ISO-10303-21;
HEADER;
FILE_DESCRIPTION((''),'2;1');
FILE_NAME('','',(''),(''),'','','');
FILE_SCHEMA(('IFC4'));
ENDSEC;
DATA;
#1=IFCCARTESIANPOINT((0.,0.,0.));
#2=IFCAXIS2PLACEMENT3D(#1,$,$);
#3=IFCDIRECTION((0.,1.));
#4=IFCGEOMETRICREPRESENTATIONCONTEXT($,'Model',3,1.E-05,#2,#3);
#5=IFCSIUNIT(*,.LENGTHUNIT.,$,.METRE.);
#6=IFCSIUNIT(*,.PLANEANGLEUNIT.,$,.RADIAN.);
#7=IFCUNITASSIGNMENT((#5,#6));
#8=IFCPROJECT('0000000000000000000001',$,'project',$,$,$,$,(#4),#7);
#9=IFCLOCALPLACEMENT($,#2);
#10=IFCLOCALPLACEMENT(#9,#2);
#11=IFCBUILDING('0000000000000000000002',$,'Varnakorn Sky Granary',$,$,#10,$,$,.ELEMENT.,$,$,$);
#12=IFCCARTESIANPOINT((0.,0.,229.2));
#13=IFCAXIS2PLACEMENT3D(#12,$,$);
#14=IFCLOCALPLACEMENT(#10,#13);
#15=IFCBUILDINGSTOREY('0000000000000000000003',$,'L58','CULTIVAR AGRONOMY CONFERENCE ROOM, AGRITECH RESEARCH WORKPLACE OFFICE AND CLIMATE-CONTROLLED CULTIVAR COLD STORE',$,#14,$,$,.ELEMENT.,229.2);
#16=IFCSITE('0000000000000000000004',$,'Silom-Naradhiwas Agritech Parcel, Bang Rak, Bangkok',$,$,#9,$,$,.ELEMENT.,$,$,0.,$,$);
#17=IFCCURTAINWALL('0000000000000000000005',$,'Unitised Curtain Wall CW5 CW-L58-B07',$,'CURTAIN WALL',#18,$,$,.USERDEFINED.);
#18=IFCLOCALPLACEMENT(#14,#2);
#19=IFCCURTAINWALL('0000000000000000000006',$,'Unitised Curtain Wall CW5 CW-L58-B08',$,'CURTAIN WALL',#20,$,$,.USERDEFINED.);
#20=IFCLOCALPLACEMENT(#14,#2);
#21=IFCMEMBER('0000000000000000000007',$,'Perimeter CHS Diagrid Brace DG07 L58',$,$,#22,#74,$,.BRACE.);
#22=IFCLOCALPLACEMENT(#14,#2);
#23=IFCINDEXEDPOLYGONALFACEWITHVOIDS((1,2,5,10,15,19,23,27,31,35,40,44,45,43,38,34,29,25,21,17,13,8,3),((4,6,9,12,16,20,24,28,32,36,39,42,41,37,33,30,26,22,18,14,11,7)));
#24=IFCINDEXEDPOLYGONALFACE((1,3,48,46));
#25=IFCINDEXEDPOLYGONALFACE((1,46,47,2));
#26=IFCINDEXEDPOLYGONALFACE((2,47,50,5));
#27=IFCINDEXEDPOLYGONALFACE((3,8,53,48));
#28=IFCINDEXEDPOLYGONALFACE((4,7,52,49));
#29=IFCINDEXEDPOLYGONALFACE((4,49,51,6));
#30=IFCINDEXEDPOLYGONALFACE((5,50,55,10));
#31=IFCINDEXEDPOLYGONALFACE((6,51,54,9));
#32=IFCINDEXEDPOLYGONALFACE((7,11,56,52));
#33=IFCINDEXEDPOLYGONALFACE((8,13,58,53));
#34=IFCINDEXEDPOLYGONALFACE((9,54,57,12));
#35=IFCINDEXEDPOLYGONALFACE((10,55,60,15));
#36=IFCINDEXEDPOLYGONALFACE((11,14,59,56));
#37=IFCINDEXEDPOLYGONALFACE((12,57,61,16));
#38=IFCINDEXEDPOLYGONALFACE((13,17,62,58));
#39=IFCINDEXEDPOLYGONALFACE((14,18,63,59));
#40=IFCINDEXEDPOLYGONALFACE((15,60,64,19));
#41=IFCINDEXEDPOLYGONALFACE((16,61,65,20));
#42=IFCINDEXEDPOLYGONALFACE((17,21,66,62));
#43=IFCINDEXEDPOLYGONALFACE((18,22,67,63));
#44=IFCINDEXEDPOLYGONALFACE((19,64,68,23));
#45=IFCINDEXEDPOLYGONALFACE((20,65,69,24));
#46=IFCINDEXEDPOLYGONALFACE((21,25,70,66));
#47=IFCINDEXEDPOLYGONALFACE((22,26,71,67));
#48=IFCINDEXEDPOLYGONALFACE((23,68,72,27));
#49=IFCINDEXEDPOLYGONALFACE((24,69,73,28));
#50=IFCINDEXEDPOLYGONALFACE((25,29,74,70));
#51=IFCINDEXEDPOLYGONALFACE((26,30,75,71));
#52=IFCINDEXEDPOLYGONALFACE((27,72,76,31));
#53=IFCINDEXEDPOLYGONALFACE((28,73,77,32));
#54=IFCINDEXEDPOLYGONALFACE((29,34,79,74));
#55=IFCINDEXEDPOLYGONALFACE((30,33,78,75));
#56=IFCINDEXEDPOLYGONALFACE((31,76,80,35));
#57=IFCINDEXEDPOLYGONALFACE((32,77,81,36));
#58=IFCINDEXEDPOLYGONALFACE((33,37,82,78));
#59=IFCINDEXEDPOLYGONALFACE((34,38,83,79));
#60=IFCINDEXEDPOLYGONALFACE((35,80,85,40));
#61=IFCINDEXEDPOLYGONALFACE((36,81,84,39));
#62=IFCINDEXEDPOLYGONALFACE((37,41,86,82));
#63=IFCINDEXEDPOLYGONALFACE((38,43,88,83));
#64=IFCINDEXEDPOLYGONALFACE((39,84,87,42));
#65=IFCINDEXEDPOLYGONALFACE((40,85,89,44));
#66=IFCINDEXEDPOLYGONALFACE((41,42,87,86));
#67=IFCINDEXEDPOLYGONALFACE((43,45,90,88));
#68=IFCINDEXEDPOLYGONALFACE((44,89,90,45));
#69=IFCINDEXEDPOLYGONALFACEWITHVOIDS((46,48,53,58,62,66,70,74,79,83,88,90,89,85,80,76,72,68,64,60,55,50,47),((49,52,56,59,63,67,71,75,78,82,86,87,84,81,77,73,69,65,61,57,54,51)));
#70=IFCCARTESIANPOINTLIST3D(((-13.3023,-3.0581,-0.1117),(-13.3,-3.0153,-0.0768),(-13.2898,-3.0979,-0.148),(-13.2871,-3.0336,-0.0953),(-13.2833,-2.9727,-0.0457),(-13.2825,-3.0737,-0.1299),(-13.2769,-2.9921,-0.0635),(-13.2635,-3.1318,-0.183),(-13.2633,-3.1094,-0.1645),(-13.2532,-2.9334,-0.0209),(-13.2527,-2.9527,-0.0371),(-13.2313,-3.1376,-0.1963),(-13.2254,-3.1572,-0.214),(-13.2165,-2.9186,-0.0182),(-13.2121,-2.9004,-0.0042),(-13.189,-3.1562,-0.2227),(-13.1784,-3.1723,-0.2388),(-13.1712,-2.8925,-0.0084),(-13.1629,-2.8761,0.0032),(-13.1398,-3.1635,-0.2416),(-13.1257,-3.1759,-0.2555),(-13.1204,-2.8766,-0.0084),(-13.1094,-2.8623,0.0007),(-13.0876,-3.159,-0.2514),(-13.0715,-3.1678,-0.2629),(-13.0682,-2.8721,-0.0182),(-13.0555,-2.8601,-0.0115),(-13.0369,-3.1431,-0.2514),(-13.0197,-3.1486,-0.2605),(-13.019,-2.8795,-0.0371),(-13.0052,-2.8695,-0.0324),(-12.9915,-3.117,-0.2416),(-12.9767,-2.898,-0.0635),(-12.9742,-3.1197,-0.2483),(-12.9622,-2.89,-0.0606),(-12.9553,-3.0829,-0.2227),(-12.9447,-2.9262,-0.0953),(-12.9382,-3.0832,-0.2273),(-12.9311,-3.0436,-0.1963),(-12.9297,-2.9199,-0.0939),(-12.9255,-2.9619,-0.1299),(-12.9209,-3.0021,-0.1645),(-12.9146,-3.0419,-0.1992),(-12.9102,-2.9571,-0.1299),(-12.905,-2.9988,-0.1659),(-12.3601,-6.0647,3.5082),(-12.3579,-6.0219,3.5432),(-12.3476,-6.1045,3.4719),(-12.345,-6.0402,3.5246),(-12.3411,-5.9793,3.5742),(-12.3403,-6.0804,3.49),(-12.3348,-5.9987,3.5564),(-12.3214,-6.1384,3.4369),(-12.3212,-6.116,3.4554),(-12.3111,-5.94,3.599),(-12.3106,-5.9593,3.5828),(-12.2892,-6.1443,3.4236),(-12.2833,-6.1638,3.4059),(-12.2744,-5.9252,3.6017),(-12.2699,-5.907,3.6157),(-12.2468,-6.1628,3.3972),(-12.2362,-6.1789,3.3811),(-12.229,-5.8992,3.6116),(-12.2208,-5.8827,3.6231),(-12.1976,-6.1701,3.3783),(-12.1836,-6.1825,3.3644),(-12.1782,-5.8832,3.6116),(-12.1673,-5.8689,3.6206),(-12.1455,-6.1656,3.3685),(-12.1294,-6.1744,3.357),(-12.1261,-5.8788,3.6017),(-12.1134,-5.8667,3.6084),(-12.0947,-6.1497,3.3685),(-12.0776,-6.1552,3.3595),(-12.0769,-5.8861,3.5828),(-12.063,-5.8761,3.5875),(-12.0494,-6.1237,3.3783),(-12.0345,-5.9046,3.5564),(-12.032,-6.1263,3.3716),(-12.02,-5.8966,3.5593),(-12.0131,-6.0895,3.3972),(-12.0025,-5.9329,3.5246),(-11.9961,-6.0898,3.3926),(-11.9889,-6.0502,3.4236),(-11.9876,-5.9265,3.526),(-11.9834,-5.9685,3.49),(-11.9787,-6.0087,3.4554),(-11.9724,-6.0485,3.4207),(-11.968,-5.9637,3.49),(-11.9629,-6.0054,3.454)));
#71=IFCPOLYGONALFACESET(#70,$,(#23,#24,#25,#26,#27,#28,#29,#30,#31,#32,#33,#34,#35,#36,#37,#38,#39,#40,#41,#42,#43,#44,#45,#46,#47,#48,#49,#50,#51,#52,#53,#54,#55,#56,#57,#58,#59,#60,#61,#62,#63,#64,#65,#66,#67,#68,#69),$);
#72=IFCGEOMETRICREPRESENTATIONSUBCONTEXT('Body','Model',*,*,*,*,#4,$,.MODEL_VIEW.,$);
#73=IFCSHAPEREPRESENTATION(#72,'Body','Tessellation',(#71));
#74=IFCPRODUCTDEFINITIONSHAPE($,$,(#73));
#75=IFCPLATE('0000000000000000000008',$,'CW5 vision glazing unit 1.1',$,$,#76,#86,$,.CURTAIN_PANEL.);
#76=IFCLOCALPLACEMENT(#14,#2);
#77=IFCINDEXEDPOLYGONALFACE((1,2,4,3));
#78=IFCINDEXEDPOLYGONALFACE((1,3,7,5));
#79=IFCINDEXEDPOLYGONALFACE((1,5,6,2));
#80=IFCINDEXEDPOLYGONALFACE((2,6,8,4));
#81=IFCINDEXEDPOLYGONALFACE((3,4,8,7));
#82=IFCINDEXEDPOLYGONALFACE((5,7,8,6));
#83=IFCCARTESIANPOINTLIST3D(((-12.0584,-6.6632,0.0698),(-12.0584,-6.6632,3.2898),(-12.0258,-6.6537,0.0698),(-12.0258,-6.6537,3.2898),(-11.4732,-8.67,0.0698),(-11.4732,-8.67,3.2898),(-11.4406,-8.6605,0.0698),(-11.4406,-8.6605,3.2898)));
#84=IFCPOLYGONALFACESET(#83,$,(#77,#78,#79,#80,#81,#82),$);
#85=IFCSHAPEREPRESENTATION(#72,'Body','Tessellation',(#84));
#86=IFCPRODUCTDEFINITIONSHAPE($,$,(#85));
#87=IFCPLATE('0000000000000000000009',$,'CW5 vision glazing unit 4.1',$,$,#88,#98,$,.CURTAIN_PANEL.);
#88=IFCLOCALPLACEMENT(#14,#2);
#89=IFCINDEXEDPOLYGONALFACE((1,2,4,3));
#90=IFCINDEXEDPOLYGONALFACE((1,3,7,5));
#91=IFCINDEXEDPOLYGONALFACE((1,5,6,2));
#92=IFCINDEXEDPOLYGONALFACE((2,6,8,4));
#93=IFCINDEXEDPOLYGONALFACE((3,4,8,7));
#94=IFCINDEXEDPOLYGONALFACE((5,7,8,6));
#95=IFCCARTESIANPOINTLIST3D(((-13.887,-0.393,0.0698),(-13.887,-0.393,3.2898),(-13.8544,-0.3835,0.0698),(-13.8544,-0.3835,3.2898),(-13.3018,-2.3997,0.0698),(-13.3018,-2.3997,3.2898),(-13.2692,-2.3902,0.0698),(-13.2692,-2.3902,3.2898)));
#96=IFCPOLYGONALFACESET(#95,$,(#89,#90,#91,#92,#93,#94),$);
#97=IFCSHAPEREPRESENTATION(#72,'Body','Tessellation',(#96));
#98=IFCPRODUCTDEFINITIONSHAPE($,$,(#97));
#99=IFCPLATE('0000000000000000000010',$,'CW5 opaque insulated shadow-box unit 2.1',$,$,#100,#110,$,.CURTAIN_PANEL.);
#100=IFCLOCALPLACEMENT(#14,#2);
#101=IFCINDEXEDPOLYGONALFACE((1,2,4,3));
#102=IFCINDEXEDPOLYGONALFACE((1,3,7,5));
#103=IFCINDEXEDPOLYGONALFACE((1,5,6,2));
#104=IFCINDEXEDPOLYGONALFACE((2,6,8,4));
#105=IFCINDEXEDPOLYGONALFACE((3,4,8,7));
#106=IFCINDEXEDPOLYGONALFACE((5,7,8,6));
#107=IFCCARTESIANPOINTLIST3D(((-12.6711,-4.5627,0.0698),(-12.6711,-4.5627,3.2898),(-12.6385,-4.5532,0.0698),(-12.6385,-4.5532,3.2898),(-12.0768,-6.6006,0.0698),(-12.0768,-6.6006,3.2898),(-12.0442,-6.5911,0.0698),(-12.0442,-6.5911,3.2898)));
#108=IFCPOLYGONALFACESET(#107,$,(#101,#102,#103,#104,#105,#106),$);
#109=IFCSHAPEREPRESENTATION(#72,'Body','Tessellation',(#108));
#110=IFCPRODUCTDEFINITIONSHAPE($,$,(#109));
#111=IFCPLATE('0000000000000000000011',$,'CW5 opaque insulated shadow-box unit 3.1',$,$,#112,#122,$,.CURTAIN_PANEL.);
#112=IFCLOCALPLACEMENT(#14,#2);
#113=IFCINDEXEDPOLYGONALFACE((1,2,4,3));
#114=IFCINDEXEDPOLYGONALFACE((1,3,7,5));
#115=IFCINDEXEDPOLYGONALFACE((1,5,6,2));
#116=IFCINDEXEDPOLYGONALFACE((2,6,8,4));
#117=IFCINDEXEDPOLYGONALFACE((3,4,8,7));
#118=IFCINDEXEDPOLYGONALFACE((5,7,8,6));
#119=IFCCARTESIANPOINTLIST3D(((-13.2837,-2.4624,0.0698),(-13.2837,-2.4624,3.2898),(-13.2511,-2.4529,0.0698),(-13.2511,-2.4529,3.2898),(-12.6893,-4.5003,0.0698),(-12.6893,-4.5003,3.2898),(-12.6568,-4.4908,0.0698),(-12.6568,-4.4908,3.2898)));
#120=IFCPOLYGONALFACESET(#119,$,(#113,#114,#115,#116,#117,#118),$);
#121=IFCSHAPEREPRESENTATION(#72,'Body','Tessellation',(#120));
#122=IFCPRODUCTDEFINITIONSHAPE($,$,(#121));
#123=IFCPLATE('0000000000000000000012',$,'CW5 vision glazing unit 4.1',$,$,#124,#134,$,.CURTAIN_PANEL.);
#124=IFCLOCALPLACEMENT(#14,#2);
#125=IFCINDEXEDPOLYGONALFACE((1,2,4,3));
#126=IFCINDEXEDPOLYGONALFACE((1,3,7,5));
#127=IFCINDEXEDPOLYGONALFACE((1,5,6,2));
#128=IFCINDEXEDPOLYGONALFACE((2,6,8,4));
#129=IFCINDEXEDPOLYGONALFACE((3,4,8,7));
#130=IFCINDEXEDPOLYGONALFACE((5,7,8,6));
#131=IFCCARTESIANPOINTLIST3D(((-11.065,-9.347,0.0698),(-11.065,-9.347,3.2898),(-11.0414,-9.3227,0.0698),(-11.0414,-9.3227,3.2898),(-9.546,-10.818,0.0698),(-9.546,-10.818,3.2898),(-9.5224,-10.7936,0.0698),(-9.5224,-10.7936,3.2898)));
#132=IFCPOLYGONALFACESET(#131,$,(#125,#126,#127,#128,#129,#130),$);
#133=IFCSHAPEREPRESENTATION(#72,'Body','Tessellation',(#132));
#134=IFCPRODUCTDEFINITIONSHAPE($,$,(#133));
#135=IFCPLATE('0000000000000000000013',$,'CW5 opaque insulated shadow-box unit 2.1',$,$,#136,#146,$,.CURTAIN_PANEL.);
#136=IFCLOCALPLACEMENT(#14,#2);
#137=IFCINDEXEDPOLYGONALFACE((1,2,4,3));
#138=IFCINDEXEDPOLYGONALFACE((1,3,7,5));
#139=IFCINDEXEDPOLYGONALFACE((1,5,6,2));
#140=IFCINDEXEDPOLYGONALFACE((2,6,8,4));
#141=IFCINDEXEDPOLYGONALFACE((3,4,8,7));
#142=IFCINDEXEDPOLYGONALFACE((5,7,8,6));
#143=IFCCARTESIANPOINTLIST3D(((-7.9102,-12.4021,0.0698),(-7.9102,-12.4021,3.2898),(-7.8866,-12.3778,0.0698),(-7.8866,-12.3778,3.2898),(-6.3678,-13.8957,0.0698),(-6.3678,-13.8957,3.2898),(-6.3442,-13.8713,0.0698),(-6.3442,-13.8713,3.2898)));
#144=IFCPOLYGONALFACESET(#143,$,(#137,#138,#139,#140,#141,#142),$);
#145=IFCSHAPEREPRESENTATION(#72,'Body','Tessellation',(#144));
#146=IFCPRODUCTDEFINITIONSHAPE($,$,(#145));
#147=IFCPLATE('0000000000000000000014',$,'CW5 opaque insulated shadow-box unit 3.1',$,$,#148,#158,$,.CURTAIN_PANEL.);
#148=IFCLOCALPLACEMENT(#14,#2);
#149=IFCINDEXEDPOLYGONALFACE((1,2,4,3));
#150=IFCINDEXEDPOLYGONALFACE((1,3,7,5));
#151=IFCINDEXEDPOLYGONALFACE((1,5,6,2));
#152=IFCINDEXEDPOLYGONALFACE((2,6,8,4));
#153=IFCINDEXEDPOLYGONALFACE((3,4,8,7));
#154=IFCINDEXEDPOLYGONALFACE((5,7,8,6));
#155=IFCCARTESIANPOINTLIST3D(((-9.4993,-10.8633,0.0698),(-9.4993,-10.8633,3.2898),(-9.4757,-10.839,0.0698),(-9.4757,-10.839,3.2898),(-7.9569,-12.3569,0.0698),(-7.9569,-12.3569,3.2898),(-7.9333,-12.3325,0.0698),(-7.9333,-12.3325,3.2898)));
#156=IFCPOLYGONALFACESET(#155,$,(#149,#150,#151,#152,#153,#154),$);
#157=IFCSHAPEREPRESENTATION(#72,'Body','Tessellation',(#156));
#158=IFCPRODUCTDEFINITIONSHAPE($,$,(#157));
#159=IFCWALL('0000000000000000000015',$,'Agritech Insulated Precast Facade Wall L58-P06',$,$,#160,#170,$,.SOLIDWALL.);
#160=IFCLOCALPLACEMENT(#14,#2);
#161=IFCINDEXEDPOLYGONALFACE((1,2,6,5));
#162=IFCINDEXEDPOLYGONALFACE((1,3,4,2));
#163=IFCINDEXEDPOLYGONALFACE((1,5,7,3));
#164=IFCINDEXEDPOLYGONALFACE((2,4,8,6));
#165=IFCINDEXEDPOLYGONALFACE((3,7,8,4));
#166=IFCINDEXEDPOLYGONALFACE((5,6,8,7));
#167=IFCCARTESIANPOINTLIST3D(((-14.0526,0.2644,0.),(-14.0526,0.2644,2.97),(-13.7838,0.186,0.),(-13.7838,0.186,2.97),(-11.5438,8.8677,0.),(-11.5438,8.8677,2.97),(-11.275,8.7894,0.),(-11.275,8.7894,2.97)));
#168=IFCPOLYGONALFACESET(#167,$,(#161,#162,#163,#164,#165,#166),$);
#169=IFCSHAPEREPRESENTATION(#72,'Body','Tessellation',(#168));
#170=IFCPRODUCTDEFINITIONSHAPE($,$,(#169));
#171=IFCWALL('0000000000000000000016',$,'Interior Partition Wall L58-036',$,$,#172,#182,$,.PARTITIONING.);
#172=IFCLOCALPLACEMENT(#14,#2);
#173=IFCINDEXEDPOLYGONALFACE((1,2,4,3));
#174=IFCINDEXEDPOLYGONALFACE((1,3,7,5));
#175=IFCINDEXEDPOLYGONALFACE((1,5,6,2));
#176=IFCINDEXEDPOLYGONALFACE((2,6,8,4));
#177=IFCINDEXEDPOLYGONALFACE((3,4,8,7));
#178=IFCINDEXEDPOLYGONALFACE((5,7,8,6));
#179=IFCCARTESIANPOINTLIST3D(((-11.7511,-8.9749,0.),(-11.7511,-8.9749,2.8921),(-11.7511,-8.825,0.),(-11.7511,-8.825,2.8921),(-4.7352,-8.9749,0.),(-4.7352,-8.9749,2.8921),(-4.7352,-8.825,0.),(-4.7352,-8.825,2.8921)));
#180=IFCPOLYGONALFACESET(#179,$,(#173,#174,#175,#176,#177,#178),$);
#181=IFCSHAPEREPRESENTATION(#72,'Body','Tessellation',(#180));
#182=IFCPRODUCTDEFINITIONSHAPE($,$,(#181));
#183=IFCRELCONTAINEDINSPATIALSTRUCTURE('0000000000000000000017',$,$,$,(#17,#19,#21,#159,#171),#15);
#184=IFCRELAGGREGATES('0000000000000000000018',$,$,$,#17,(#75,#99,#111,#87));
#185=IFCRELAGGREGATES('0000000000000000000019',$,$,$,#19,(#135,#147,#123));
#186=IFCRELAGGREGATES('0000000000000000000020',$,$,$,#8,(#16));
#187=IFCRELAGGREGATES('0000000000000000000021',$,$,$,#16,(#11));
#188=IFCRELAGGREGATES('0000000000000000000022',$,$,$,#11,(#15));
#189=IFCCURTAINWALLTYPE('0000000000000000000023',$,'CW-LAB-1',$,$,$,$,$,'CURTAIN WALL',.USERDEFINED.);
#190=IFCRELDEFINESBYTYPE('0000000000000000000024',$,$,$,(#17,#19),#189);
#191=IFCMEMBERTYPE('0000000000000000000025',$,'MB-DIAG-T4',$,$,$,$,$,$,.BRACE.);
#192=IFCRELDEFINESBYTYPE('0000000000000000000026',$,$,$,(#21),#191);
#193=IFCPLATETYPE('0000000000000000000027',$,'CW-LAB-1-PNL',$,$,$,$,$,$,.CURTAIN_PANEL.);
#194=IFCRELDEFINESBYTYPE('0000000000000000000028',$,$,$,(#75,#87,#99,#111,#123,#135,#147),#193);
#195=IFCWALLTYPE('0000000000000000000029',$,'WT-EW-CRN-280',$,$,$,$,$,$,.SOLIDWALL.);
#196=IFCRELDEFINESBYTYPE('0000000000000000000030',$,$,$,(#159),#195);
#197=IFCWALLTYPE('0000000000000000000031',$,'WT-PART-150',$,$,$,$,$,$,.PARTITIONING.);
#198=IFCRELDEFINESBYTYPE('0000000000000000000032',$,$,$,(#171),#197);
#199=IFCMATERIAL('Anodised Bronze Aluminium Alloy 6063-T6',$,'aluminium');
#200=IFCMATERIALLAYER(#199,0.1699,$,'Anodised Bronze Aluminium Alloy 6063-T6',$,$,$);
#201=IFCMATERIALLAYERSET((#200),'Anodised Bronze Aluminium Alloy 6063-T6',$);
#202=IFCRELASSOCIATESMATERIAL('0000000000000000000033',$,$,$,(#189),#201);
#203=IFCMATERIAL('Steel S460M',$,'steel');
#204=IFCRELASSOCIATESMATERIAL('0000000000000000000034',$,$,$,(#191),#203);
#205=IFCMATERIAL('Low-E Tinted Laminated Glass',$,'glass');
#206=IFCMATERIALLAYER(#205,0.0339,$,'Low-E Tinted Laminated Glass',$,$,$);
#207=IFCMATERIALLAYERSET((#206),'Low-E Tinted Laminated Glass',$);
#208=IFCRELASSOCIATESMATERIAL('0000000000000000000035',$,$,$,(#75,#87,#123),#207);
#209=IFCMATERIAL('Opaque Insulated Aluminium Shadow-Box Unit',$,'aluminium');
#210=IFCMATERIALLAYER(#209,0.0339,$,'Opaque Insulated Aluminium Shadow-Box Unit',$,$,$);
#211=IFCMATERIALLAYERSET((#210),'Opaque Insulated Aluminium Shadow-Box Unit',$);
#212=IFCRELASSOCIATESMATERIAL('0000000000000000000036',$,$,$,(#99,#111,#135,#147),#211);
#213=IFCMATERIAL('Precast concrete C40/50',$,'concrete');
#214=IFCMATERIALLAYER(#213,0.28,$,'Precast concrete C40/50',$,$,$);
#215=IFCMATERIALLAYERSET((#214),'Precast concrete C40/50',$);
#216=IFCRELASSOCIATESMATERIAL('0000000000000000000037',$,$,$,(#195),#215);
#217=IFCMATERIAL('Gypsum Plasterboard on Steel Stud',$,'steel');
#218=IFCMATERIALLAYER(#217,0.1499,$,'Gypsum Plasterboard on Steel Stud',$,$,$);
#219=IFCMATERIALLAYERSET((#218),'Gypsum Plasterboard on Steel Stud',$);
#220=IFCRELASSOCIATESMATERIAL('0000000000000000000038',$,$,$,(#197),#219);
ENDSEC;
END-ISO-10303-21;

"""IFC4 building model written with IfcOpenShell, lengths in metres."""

from ifc_helpers import new_model, si_unit, direction, frame, frame_2d, origin, origin_2d, place, context, subcontext, project, spatial, rectangle, hollow_circle, extrude, source, transform, mapped, material, layer, layer_set, material_profile, profile_set, type_object, type_shapes, element, aggregate, save


model = new_model("IFC4")

# Units and contexts
model_context = context("Model", 3, precision=1e-05, world=origin(), true_north=direction((0.0, 1.0)))
body_context = subcontext(model_context, "Body", "Model", "MODEL_VIEW")
ifc_project = project(units=[si_unit("LENGTHUNIT", "METRE"), si_unit("PLANEANGLEUNIT", "RADIAN")], contexts=[model_context])

# Site, building, storey
site_placement = place(None, origin())
site = spatial("IfcSite", under=ifc_project, at=site_placement, Name="Silom-Naradhiwas Agritech Parcel, Bang Rak, Bangkok", CompositionType="ELEMENT", RefElevation=0.0)
building_placement = place(site_placement, origin())
building = spatial("IfcBuilding", under=site, at=building_placement, Name="Varnakorn Sky Granary", CompositionType="ELEMENT")
storey_placement = place(building_placement, frame((0.0, 0.0, 229.2)))
storey = spatial("IfcBuildingStorey", under=building, at=storey_placement, Name="L58", Description="CULTIVAR AGRONOMY CONFERENCE ROOM, AGRITECH RESEARCH WORKPLACE OFFICE AND CLIMATE-CONTROLLED CULTIVAR COLD STORE", CompositionType="ELEMENT", Elevation=229.2)

# Shared definitions
ifc_material_1 = material(Name="Steel S460M", Category="steel")

# Curtain walls
ifc_material_2 = material(Name="Anodised Bronze Aluminium Alloy 6063-T6", Category="aluminium")
ifc_layer_1 = layer(ifc_material_2, 0.1699, Name="Anodised Bronze Aluminium Alloy 6063-T6")
ifc_layer_set_1 = layer_set([ifc_layer_1], Name="Anodised Bronze Aluminium Alloy 6063-T6")
curtain_wall_type = type_object("IfcCurtainWallType", Name="CW-LAB-1", ElementType="CURTAIN WALL", PredefinedType="USERDEFINED", material=ifc_layer_set_1)
curtain_wall_1_placement = place(storey_placement, origin())
curtain_wall_1 = element("IfcCurtainWall", 1, at=curtain_wall_1_placement, inside=storey, type_object=curtain_wall_type, Name="Unitised Curtain Wall CW5 CW-L58-B07", ObjectType="CURTAIN WALL", PredefinedType="USERDEFINED")
curtain_wall_2_placement = place(storey_placement, origin())
curtain_wall_2 = element("IfcCurtainWall", 2, at=curtain_wall_2_placement, inside=storey, type_object=curtain_wall_type, Name="Unitised Curtain Wall CW5 CW-L58-B08", ObjectType="CURTAIN WALL", PredefinedType="USERDEFINED")

# Member
ifc_material_profile_1 = material_profile(ifc_material_1, hollow_circle(Radius=0.2031, WallThickness=0.0161, at=origin_2d()), Name="CHS 406.4x16")
ifc_profile_set_1 = profile_set([ifc_material_profile_1], Name="Steel S460M")
member_type_1 = type_object("IfcMemberType", Name="MB-DIAG-T4", PredefinedType="BRACE", material=ifc_profile_set_1)
member_1_placement = place(storey_placement, frame((-13.104, -3.0178, -0.1299), z_axis=(0.196319, -0.6265, 0.754292), x_axis=(0.954247, 0.299021, 0.0)))
element("IfcMember", 3, at=member_1_placement, inside=storey, type_object=member_type_1, Name="Perimeter CHS Diagrid Brace DG07 L58", PredefinedType="BRACE", context=body_context, shape_type="SweptSolid", body=[
    extrude(hollow_circle(Radius=0.2031, WallThickness=0.0161, at=origin_2d()), origin(), (0.0, 0.0, 1.0), 4.7991),
])

# Plates
ifc_material_3 = material(Name="Low-E Tinted Laminated Glass", Category="glass")
ifc_layer_2 = layer(ifc_material_3, 0.0339, Name="Low-E Tinted Laminated Glass")
ifc_layer_set_2 = layer_set([ifc_layer_2], Name="Low-E Tinted Laminated Glass")
plate_type = type_object("IfcPlateType", Name="CW-LAB-1-PNL", PredefinedType="CURTAIN_PANEL")
shared_shape_1 = source(origin(), body_context, "Body", "SweptSolid", [
    extrude(rectangle(XDim=2.0903, YDim=0.0339, at=origin_2d()), origin(), (0.0, 0.0, 1.0), 3.22),
])
plate_1_placement = place(storey_placement, frame((-11.7495, -7.6619, 0.0698), z_axis=(0.0, 0.0, 1.0), x_axis=(-0.279969, 0.960009, 0.0)))
plate_1 = element("IfcPlate", 4, at=plate_1_placement, type_object=plate_type, material=ifc_layer_set_2, Name="CW5 vision glazing unit 1.1", PredefinedType="CURTAIN_PANEL", context=body_context, shape_type="MappedRepresentation", body=[
    mapped(shared_shape_1, transform((0.0, 0.0, 0.0), x_axis=(1.0, 0.0, 0.0), y_axis=(0.0, 1.0, 0.0), z_axis=(0.0, 0.0, 1.0), scale=1.0)),
])
plate_2_placement = place(storey_placement, frame((-13.5781, -1.3916, 0.0698), z_axis=(0.0, 0.0, 1.0), x_axis=(-0.279969, 0.960009, 0.0)))
plate_2 = element("IfcPlate", 5, at=plate_2_placement, type_object=plate_type, material=ifc_layer_set_2, Name="CW5 vision glazing unit 4.1", PredefinedType="CURTAIN_PANEL", context=body_context, shape_type="MappedRepresentation", body=[
    mapped(shared_shape_1, transform((0.0, 0.0, 0.0), x_axis=(1.0, 0.0, 0.0), y_axis=(0.0, 1.0, 0.0), z_axis=(0.0, 0.0, 1.0), scale=1.0)),
])
ifc_material_4 = material(Name="Opaque Insulated Aluminium Shadow-Box Unit", Category="aluminium")
ifc_layer_3 = layer(ifc_material_4, 0.0339, Name="Opaque Insulated Aluminium Shadow-Box Unit")
ifc_layer_set_3 = layer_set([ifc_layer_3], Name="Opaque Insulated Aluminium Shadow-Box Unit")
shared_shape_2 = source(origin(), body_context, "Body", "SweptSolid", [
    extrude(rectangle(XDim=2.1228, YDim=0.0339, at=origin_2d()), origin(), (0.0, 0.0, 1.0), 3.22),
])
plate_3_placement = place(storey_placement, frame((-12.3577, -5.5769, 0.0698), z_axis=(0.0, 0.0, 1.0), x_axis=(-0.279969, 0.960009, 0.0)))
plate_3 = element("IfcPlate", 6, at=plate_3_placement, type_object=plate_type, material=ifc_layer_set_3, Name="CW5 opaque insulated shadow-box unit 2.1", PredefinedType="CURTAIN_PANEL", context=body_context, shape_type="MappedRepresentation", body=[
    mapped(shared_shape_2, transform((0.0, 0.0, 0.0), x_axis=(1.0, 0.0, 0.0), y_axis=(0.0, 1.0, 0.0), z_axis=(0.0, 0.0, 1.0), scale=1.0)),
])
plate_4_placement = place(storey_placement, frame((-12.9702, -3.4766, 0.0698), z_axis=(0.0, 0.0, 1.0), x_axis=(-0.279969, 0.960009, 0.0)))
plate_4 = element("IfcPlate", 7, at=plate_4_placement, type_object=plate_type, material=ifc_layer_set_3, Name="CW5 opaque insulated shadow-box unit 3.1", PredefinedType="CURTAIN_PANEL", context=body_context, shape_type="MappedRepresentation", body=[
    mapped(shared_shape_2, transform((0.0, 0.0, 0.0), x_axis=(1.0, 0.0, 0.0), y_axis=(0.0, 1.0, 0.0), z_axis=(0.0, 0.0, 1.0), scale=1.0)),
])
aggregate(curtain_wall_1, [plate_1, plate_3, plate_4, plate_2])
shared_shape_3 = source(origin(), body_context, "Body", "SweptSolid", [
    extrude(rectangle(XDim=2.1145, YDim=0.0339, at=origin_2d()), origin(), (0.0, 0.0, 1.0), 3.22),
])
plate_5_placement = place(storey_placement, frame((-10.2937, -10.0703, 0.0698), z_axis=(0.0, 0.0, 1.0), x_axis=(-0.71839, 0.69564, 0.0)))
plate_5 = element("IfcPlate", 8, at=plate_5_placement, type_object=plate_type, material=ifc_layer_set_2, Name="CW5 vision glazing unit 4.1", PredefinedType="CURTAIN_PANEL", context=body_context, shape_type="MappedRepresentation", body=[
    mapped(shared_shape_3, transform((0.0, 0.0, 0.0), x_axis=(1.0, 0.0, 0.0), y_axis=(0.0, 1.0, 0.0), z_axis=(0.0, 0.0, 1.0), scale=1.0)),
])
shared_shape_4 = source(origin(), body_context, "Body", "SweptSolid", [
    extrude(rectangle(XDim=2.147, YDim=0.0339, at=origin_2d()), origin(), (0.0, 0.0, 1.0), 3.22),
])
type_shapes(plate_type, [shared_shape_1, shared_shape_2, shared_shape_3, shared_shape_4])
plate_6_placement = place(storey_placement, frame((-7.1272, -13.1367, 0.0698), z_axis=(0.0, 0.0, 1.0), x_axis=(-0.71839, 0.69564, 0.0)))
plate_6 = element("IfcPlate", 9, at=plate_6_placement, type_object=plate_type, material=ifc_layer_set_3, Name="CW5 opaque insulated shadow-box unit 2.1", PredefinedType="CURTAIN_PANEL", context=body_context, shape_type="MappedRepresentation", body=[
    mapped(shared_shape_4, transform((0.0, 0.0, 0.0), x_axis=(1.0, 0.0, 0.0), y_axis=(0.0, 1.0, 0.0), z_axis=(0.0, 0.0, 1.0), scale=1.0)),
])
plate_7_placement = place(storey_placement, frame((-8.7163, -11.5979, 0.0698), z_axis=(0.0, 0.0, 1.0), x_axis=(-0.71839, 0.69564, 0.0)))
plate_7 = element("IfcPlate", 10, at=plate_7_placement, type_object=plate_type, material=ifc_layer_set_3, Name="CW5 opaque insulated shadow-box unit 3.1", PredefinedType="CURTAIN_PANEL", context=body_context, shape_type="MappedRepresentation", body=[
    mapped(shared_shape_4, transform((0.0, 0.0, 0.0), x_axis=(1.0, 0.0, 0.0), y_axis=(0.0, 1.0, 0.0), z_axis=(0.0, 0.0, 1.0), scale=1.0)),
])
aggregate(curtain_wall_2, [plate_6, plate_7, plate_5])

# Walls
ifc_material_5 = material(Name="Precast concrete C40/50", Category="concrete")
ifc_layer_4 = layer(ifc_material_5, 0.28, Name="Precast concrete C40/50")
ifc_layer_set_4 = layer_set([ifc_layer_4], Name="Precast concrete C40/50")
wall_type_1 = type_object("IfcWallType", Name="WT-EW-CRN-280", PredefinedType="SOLIDWALL", material=ifc_layer_set_4)
wall_1_placement = place(storey_placement, frame((-13.9182, 0.2251, 0.0), z_axis=(0.0, 0.0, 1.0), x_axis=(0.279949, 0.960015, 0.0)))
element("IfcWall", 11, at=wall_1_placement, inside=storey, type_object=wall_type_1, Name="Agritech Insulated Precast Facade Wall L58-P06", PredefinedType="SOLIDWALL", context=body_context, shape_type="SweptSolid", body=[
    extrude(rectangle(XDim=8.9617, YDim=0.28, at=frame_2d((4.481, 0.0))), origin(), (0.0, 0.0, 1.0), 2.97),
])
ifc_material_6 = material(Name="Gypsum Plasterboard on Steel Stud", Category="steel")
ifc_layer_5 = layer(ifc_material_6, 0.1499, Name="Gypsum Plasterboard on Steel Stud")
ifc_layer_set_5 = layer_set([ifc_layer_5], Name="Gypsum Plasterboard on Steel Stud")
wall_type_2 = type_object("IfcWallType", Name="WT-PART-150", PredefinedType="PARTITIONING", material=ifc_layer_set_5)
wall_2_placement = place(storey_placement, frame((-11.751, -8.8999, 0.0), z_axis=(0.0, 0.0, 1.0), x_axis=(1.0, 0.0, 0.0)))
element("IfcWall", 12, at=wall_2_placement, inside=storey, type_object=wall_type_2, Name="Interior Partition Wall L58-036", PredefinedType="PARTITIONING", context=body_context, shape_type="SweptSolid", body=[
    extrude(rectangle(XDim=7.0159, YDim=0.1499, at=frame_2d((3.5078, 0.0))), origin(), (0.0, 0.0, 1.0), 2.8921),
])

save(model, "model.ifc")
